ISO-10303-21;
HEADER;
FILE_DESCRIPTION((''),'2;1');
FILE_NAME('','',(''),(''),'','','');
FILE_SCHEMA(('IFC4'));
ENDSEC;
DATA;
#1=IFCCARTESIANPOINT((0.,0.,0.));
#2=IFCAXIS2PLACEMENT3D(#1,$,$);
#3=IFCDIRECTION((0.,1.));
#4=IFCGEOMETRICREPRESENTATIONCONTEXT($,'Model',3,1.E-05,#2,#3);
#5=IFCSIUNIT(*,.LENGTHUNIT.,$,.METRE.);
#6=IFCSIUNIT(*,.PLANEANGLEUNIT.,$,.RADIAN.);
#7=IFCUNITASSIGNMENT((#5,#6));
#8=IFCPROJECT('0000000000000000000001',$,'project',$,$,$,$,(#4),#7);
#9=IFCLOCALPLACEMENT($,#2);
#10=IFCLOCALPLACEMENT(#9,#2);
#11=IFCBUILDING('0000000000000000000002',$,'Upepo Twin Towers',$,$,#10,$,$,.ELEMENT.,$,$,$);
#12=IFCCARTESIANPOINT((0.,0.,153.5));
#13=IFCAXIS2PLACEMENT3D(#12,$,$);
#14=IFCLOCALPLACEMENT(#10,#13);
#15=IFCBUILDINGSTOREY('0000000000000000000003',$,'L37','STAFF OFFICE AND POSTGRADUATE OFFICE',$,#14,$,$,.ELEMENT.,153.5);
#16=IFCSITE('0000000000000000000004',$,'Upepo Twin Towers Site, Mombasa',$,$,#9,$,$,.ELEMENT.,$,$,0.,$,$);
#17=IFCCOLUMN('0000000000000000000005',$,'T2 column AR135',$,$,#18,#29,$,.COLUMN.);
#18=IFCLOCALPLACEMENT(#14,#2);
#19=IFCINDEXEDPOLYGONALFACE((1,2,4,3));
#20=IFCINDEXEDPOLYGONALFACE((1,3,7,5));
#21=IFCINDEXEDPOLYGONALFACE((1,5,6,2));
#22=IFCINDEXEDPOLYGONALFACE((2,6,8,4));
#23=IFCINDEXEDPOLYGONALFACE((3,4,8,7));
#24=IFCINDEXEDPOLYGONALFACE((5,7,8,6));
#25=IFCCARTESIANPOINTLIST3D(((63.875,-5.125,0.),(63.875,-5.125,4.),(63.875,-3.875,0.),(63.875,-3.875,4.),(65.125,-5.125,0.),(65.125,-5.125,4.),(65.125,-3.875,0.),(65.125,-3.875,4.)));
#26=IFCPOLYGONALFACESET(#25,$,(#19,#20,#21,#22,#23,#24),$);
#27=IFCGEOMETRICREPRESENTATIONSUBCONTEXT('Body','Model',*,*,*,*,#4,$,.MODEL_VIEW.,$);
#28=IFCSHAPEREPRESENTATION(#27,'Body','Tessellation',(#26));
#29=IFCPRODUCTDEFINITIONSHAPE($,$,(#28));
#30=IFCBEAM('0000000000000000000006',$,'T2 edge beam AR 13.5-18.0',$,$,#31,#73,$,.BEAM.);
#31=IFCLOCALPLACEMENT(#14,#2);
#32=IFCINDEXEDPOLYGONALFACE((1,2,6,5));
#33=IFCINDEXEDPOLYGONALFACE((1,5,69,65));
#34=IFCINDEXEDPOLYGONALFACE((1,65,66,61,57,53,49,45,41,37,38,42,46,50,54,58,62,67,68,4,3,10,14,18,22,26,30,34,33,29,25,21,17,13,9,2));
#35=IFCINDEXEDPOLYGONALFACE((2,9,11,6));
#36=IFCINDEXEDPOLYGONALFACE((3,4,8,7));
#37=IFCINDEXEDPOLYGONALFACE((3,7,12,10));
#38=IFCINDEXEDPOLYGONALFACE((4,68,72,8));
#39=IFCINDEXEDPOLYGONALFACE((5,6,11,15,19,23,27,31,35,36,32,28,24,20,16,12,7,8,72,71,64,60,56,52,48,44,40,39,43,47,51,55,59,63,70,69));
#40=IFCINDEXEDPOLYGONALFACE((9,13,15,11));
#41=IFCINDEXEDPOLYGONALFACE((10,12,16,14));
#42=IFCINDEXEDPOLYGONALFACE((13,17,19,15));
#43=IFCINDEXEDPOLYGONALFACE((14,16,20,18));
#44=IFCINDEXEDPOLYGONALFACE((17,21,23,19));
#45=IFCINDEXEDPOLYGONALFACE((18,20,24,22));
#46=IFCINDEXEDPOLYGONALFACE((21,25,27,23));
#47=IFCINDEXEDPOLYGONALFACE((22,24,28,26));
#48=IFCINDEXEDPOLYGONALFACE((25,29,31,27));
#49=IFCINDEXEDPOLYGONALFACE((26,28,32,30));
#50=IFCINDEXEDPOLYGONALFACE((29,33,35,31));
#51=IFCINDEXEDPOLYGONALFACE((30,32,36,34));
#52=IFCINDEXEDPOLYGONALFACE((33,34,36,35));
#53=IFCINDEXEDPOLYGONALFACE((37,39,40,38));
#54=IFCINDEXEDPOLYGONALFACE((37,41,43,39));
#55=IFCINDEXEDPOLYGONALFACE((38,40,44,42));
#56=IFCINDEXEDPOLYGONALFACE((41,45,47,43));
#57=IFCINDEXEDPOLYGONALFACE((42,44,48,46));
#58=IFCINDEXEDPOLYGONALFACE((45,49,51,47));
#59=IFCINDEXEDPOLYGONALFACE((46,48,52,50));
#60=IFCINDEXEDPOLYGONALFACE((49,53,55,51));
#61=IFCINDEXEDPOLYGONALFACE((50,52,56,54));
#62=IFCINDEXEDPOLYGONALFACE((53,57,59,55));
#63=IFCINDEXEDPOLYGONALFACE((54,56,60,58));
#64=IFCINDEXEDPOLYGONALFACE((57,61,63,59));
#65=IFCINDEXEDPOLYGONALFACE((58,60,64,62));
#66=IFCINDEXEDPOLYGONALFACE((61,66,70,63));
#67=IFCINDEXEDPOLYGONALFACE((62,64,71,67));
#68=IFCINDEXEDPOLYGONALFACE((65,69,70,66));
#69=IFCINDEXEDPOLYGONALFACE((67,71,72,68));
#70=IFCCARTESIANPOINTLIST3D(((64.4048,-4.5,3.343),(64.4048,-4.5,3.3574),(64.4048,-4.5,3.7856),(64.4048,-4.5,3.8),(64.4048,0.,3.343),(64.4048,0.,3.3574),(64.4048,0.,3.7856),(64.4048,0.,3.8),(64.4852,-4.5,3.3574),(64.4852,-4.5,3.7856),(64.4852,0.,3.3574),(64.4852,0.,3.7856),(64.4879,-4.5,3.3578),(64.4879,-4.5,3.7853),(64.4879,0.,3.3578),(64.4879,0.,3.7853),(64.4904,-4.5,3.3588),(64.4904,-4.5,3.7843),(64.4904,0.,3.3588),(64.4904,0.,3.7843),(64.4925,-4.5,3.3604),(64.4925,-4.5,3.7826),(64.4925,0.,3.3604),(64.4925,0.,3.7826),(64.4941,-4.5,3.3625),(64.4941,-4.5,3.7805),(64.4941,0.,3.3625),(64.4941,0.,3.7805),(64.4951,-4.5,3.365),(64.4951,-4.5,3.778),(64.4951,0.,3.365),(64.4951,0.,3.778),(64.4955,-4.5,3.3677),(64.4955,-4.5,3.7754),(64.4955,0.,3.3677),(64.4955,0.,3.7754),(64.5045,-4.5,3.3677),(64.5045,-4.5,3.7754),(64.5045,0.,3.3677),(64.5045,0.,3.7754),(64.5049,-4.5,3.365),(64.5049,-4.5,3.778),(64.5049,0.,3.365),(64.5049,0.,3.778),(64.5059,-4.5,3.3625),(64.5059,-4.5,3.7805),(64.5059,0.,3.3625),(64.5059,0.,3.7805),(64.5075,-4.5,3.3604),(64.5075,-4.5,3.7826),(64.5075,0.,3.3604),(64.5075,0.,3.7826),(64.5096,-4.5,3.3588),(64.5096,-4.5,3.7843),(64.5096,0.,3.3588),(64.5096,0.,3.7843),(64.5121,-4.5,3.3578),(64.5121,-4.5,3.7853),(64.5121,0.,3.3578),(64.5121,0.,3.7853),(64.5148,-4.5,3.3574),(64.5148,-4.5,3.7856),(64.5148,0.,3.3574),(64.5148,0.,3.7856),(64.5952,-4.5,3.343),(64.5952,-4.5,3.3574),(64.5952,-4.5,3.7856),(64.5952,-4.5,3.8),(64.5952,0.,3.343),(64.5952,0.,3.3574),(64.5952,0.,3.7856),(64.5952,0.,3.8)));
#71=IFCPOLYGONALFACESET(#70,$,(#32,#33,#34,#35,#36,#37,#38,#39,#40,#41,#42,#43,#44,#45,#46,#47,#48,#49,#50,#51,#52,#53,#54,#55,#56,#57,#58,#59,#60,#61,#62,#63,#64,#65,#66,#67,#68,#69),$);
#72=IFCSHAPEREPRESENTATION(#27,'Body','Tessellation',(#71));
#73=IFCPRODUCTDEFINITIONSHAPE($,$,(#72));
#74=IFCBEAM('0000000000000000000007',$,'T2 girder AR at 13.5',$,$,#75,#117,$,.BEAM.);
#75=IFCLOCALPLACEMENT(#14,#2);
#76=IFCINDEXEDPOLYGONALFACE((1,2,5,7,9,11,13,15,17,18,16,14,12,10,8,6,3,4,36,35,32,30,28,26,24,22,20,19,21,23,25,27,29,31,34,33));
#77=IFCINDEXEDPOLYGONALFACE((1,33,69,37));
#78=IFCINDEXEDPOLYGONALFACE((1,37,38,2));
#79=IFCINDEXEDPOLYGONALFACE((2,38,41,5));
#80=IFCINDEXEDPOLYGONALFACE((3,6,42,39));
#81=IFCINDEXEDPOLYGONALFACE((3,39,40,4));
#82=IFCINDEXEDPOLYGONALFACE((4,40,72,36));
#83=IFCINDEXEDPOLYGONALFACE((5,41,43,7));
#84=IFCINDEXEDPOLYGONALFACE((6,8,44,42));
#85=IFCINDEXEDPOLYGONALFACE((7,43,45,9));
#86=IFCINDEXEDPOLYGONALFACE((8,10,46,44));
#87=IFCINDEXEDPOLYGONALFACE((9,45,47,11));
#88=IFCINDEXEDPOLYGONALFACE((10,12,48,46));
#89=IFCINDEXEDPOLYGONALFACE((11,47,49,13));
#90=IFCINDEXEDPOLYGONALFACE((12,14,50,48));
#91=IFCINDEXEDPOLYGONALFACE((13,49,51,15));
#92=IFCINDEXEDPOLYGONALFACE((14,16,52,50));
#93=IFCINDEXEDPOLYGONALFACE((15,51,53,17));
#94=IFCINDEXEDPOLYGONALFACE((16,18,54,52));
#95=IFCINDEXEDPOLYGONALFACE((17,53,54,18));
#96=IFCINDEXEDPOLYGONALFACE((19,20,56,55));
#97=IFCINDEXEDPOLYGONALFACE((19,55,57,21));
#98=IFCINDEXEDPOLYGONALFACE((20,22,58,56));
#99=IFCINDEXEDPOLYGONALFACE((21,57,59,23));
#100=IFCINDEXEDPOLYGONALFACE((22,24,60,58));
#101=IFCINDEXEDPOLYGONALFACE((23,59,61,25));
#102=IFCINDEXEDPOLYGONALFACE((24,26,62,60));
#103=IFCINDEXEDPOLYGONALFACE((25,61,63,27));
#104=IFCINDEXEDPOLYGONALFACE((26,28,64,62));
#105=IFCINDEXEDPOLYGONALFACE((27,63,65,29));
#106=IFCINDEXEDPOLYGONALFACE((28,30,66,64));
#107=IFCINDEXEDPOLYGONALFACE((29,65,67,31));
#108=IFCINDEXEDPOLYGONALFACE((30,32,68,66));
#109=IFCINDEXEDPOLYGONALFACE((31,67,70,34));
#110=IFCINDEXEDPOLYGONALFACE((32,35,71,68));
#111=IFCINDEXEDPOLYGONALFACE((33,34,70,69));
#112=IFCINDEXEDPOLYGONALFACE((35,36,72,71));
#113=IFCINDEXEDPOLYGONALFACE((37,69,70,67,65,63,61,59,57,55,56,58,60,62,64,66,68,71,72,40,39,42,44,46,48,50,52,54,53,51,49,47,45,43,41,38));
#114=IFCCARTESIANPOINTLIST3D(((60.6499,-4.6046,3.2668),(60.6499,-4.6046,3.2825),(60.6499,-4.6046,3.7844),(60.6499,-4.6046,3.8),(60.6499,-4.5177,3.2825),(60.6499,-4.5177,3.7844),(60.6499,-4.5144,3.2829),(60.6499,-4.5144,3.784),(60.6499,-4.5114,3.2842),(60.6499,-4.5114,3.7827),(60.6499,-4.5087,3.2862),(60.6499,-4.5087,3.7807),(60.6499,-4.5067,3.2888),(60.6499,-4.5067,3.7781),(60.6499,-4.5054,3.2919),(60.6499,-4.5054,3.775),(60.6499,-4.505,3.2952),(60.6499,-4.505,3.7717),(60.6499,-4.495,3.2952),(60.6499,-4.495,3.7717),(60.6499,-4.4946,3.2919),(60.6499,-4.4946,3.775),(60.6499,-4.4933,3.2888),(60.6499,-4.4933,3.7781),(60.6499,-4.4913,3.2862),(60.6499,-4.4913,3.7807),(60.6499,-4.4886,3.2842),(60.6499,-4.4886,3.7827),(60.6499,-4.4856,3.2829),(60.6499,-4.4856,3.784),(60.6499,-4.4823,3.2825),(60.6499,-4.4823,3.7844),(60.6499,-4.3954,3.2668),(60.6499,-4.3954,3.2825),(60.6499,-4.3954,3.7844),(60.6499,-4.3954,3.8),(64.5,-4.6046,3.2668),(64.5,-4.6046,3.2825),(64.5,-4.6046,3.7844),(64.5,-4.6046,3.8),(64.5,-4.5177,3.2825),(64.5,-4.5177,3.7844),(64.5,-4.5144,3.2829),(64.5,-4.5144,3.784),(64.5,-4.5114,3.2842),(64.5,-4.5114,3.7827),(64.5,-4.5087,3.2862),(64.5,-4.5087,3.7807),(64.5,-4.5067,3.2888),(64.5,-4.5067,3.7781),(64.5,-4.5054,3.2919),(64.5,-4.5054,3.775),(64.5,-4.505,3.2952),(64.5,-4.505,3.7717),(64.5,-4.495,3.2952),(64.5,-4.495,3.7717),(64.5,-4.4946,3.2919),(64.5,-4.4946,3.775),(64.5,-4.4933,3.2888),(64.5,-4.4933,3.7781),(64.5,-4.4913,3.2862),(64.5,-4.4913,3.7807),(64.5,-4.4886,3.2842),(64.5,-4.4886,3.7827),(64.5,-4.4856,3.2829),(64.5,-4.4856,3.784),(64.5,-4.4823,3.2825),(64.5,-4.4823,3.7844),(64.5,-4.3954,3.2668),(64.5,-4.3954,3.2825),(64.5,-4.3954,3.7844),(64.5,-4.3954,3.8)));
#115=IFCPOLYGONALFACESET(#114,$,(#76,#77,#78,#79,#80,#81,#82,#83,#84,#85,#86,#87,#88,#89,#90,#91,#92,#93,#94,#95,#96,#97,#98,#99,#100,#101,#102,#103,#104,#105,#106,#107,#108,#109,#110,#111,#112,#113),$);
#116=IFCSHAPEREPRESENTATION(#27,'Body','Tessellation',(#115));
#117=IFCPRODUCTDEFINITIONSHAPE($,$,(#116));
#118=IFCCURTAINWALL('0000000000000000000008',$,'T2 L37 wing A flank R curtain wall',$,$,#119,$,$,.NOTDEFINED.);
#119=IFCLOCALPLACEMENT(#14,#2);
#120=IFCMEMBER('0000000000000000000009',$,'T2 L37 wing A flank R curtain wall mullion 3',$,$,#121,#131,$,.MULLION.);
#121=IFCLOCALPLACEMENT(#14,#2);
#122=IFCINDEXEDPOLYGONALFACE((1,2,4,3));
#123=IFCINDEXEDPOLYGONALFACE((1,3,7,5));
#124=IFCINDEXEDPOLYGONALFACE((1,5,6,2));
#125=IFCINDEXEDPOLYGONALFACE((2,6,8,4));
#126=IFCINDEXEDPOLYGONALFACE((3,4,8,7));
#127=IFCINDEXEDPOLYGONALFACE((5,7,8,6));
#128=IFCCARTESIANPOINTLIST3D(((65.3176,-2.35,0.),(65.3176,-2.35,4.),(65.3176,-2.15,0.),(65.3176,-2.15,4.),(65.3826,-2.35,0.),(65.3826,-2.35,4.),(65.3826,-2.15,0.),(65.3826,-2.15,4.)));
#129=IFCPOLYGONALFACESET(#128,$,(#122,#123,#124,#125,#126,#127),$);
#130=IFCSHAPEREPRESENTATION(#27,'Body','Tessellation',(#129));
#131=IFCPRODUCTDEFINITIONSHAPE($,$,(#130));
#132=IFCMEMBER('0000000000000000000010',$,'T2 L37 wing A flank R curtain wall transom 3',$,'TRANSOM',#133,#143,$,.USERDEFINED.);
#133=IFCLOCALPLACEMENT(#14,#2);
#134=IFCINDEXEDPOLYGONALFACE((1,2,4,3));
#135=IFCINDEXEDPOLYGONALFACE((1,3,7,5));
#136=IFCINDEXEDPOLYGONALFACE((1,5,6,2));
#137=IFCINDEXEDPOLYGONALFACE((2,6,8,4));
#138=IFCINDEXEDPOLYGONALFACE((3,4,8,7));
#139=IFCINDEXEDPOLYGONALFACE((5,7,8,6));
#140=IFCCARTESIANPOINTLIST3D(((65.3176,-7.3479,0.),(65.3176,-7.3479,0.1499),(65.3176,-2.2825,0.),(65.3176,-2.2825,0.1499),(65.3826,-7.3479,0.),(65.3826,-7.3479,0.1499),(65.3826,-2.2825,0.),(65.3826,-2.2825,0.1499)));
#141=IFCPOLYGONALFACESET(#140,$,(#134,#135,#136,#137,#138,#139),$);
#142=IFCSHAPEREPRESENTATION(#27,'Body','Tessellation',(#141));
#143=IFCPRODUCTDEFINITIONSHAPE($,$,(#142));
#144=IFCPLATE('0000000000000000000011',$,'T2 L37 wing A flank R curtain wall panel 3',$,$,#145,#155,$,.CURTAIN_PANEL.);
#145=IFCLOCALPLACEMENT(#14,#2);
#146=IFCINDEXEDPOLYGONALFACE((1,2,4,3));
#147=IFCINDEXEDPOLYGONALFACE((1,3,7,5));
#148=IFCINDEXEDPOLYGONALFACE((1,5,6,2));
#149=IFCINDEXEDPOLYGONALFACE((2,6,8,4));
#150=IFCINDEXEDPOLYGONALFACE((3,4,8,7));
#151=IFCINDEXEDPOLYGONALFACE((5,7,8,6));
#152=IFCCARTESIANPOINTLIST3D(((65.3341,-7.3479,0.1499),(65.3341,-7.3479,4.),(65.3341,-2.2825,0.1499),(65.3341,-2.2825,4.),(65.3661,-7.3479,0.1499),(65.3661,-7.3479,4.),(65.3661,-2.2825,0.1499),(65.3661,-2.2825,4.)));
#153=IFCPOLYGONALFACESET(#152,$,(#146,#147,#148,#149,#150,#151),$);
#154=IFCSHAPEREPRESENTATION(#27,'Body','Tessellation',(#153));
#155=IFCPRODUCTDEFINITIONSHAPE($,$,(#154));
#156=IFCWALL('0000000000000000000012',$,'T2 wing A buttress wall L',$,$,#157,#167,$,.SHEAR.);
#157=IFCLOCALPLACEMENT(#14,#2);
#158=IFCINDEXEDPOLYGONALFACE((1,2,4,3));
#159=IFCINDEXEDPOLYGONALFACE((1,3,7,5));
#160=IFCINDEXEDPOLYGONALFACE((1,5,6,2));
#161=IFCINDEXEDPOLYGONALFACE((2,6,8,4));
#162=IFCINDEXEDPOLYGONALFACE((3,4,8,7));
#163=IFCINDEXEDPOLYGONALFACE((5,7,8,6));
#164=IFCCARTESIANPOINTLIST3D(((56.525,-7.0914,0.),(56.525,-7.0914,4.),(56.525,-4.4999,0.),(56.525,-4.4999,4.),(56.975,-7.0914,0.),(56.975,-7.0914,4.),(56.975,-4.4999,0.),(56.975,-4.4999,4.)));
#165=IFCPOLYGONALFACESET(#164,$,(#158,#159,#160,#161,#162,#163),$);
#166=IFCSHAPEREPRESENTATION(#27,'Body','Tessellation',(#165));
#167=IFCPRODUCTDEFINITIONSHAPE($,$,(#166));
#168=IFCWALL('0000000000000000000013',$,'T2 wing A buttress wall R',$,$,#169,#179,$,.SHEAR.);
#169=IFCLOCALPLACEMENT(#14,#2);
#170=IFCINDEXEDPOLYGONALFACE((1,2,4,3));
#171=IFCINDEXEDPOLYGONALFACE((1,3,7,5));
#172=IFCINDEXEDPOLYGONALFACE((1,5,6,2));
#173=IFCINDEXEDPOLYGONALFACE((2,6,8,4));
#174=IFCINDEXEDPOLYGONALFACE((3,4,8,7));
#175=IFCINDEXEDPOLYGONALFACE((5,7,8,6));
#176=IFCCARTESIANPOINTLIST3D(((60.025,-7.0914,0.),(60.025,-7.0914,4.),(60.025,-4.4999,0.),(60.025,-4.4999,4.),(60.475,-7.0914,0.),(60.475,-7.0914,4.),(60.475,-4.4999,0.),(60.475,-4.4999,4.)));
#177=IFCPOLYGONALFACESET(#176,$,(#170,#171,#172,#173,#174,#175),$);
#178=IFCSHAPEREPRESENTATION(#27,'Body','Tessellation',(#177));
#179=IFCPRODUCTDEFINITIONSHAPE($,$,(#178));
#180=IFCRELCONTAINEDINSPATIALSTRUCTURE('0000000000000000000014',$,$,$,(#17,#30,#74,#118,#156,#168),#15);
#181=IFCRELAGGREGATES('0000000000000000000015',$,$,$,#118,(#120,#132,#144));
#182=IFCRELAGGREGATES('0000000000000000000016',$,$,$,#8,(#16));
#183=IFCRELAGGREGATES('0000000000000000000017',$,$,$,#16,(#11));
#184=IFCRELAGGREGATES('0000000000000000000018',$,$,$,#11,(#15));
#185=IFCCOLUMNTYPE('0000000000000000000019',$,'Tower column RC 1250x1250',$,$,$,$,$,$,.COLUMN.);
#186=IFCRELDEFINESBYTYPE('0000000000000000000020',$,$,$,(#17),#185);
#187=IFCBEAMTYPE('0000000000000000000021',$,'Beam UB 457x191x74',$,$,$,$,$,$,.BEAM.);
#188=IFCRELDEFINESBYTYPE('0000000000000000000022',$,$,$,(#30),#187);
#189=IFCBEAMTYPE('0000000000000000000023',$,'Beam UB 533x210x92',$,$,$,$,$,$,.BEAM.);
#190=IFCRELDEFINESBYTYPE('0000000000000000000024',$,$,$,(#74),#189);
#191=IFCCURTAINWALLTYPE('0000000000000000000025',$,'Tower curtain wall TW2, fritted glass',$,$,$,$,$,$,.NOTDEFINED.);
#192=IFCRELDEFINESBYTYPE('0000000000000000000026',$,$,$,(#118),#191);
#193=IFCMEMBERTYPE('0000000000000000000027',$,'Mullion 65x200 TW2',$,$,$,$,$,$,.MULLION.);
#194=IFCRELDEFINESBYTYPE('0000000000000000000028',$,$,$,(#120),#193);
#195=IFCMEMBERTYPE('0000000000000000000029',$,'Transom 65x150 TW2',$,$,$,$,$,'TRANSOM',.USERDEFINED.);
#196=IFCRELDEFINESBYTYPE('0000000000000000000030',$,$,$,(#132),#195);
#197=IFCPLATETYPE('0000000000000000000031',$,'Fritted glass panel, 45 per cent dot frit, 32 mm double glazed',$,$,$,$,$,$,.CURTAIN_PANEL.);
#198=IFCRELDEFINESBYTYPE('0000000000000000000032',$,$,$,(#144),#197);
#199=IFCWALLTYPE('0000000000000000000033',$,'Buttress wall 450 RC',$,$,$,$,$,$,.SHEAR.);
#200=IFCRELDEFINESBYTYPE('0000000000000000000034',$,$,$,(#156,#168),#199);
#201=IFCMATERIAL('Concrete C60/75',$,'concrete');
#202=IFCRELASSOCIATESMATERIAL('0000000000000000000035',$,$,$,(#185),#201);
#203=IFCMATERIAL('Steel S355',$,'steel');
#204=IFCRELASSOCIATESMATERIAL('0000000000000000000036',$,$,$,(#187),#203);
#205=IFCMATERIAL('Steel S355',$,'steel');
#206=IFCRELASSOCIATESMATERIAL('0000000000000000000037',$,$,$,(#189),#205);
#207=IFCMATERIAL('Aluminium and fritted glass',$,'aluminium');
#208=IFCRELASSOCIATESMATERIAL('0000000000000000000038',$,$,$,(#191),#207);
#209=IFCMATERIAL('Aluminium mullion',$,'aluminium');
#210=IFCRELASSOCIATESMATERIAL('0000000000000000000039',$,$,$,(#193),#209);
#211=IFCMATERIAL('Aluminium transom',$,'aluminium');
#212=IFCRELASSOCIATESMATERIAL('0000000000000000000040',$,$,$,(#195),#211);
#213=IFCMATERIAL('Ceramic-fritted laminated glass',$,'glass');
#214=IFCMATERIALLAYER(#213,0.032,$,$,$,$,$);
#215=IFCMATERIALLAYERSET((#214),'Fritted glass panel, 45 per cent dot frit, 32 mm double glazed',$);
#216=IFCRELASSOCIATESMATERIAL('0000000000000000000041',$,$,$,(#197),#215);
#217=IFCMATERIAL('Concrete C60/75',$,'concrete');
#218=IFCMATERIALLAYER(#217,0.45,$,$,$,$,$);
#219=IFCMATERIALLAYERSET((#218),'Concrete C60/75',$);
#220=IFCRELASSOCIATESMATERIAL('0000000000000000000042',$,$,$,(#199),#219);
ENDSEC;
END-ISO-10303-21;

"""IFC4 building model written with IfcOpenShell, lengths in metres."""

from ifc_helpers import new_model, si_unit, direction, frame, frame_2d, origin, origin_2d, place, context, subcontext, project, spatial, rectangle, i_section, extrude, material, layer, layer_set, material_profile, profile_set, type_object, element, aggregate, save


model = new_model("IFC4")

# Units and contexts
model_context = context("Model", 3, precision=1e-05, world=origin(), true_north=direction((0.0, 1.0)))
body_context = subcontext(model_context, "Body", "Model", "MODEL_VIEW")
ifc_project = project(units=[si_unit("LENGTHUNIT", "METRE"), si_unit("PLANEANGLEUNIT", "RADIAN")], contexts=[model_context])

# Site, building, storey
site_placement = place(None, origin())
site = spatial("IfcSite", under=ifc_project, at=site_placement, Name="Upepo Twin Towers Site, Mombasa", CompositionType="ELEMENT", RefElevation=0.0)
building_placement = place(site_placement, origin())
building = spatial("IfcBuilding", under=site, at=building_placement, Name="Upepo Twin Towers", CompositionType="ELEMENT")
storey_placement = place(building_placement, frame((0.0, 0.0, 153.5)))
storey = spatial("IfcBuildingStorey", under=building, at=storey_placement, Name="L37", Description="STAFF OFFICE AND POSTGRADUATE OFFICE", CompositionType="ELEMENT", Elevation=153.5)

# Column
ifc_material_1 = material(Name="Concrete C60/75", Category="concrete")
ifc_material_profile_1 = material_profile(ifc_material_1, rectangle(XDim=1.25, YDim=1.25, at=origin_2d()), Name="RC 1250x1250")
ifc_profile_set_1 = profile_set([ifc_material_profile_1], Name="Concrete C60/75")
column_type = type_object("IfcColumnType", Name="Tower column RC 1250x1250", PredefinedType="COLUMN", material=ifc_profile_set_1)
column_placement = place(storey_placement, frame((64.5, -4.5, 0.0), z_axis=(0.0, 0.0, 1.0), x_axis=(1.0, 0.0, 0.0)))
element("IfcColumn", 1, at=column_placement, inside=storey, type_object=column_type, Name="T2 column AR135", PredefinedType="COLUMN", context=body_context, shape_type="SweptSolid", body=[
    extrude(rectangle(XDim=1.25, YDim=1.25, at=origin_2d()), origin(), (0.0, 0.0, 1.0), 4.0),
])

# Beams
ifc_material_2 = material(Name="Steel S355", Category="steel")
ifc_material_profile_2 = material_profile(ifc_material_2, i_section(OverallWidth=0.1904, OverallDepth=0.457, WebThickness=0.009, FlangeThickness=0.0144, FilletRadius=0.0103, at=origin_2d()), Name="UB 457x191x74")
ifc_profile_set_2 = profile_set([ifc_material_profile_2], Name="Steel S355")
beam_type_1 = type_object("IfcBeamType", Name="Beam UB 457x191x74", PredefinedType="BEAM", material=ifc_profile_set_2)
beam_1_placement = place(storey_placement, frame((64.5, -4.5, 3.5715), z_axis=(0.0, 1.0, 0.0), x_axis=(-1.0, 0.0, 0.0)))
element("IfcBeam", 2, at=beam_1_placement, inside=storey, type_object=beam_type_1, Name="T2 edge beam AR 13.5-18.0", PredefinedType="BEAM", context=body_context, shape_type="SweptSolid", body=[
    extrude(i_section(OverallWidth=0.1904, OverallDepth=0.457, WebThickness=0.009, FlangeThickness=0.0144, FilletRadius=0.0103, at=origin_2d()), origin(), (0.0, 0.0, 1.0), 4.5),
])
ifc_material_3 = material(Name="Steel S355", Category="steel")
ifc_material_profile_3 = material_profile(ifc_material_3, i_section(OverallWidth=0.2092, OverallDepth=0.5332, WebThickness=0.01, FlangeThickness=0.0156, FilletRadius=0.0127, at=origin_2d()), Name="UB 533x210x92")
ifc_profile_set_3 = profile_set([ifc_material_profile_3], Name="Steel S355")
beam_type_2 = type_object("IfcBeamType", Name="Beam UB 533x210x92", PredefinedType="BEAM", material=ifc_profile_set_3)
beam_2_placement = place(storey_placement, frame((64.5, -4.5, 3.5334), z_axis=(-1.0, 0.0, 0.0), x_axis=(0.0, -1.0, 0.0)))
element("IfcBeam", 3, at=beam_2_placement, inside=storey, type_object=beam_type_2, Name="T2 girder AR at 13.5", PredefinedType="BEAM", context=body_context, shape_type="SweptSolid", body=[
    extrude(i_section(OverallWidth=0.2092, OverallDepth=0.5332, WebThickness=0.01, FlangeThickness=0.0156, FilletRadius=0.0127, at=origin_2d()), origin(), (0.0, 0.0, 1.0), 3.8501),
])

# Curtain wall, members, plate
ifc_material_4 = material(Name="Aluminium and fritted glass", Category="aluminium")
curtain_wall_type = type_object("IfcCurtainWallType", Name="Tower curtain wall TW2, fritted glass", PredefinedType="NOTDEFINED", material=ifc_material_4)
curtain_wall_placement = place(storey_placement, origin())
curtain_wall = element("IfcCurtainWall", 4, at=curtain_wall_placement, inside=storey, type_object=curtain_wall_type, Name="T2 L37 wing A flank R curtain wall", PredefinedType="NOTDEFINED")
ifc_material_5 = material(Name="Aluminium mullion", Category="aluminium")
ifc_material_profile_4 = material_profile(ifc_material_5, rectangle(XDim=0.0649, YDim=0.2, at=origin_2d()), Name="MULLION 65x200")
ifc_profile_set_4 = profile_set([ifc_material_profile_4], Name="Aluminium mullion")
member_type_1 = type_object("IfcMemberType", Name="Mullion 65x200 TW2", PredefinedType="MULLION", material=ifc_profile_set_4)
member_1_placement = place(storey_placement, frame((65.3501, -2.25, 0.0), z_axis=(0.0, 0.0, 1.0), x_axis=(1.0, 0.0, 0.0)))
member_1 = element("IfcMember", 5, at=member_1_placement, type_object=member_type_1, Name="T2 L37 wing A flank R curtain wall mullion 3", PredefinedType="MULLION", context=body_context, shape_type="SweptSolid", body=[
    extrude(rectangle(XDim=0.0649, YDim=0.2, at=origin_2d()), origin(), (0.0, 0.0, 1.0), 4.0),
])
ifc_material_6 = material(Name="Aluminium transom", Category="aluminium")
ifc_material_profile_5 = material_profile(ifc_material_6, rectangle(XDim=0.0649, YDim=0.1499, at=origin_2d()), Name="TRANSOM 65x150")
ifc_profile_set_5 = profile_set([ifc_material_profile_5], Name="Aluminium transom")
member_type_2 = type_object("IfcMemberType", Name="Transom 65x150 TW2", ElementType="TRANSOM", PredefinedType="USERDEFINED", material=ifc_profile_set_5)
member_2_placement = place(storey_placement, frame((65.3501, -2.2825, 0.075), z_axis=(0.0, -1.0, 0.0), x_axis=(1.0, 0.0, 0.0)))
member_2 = element("IfcMember", 6, at=member_2_placement, type_object=member_type_2, Name="T2 L37 wing A flank R curtain wall transom 3", ObjectType="TRANSOM", PredefinedType="USERDEFINED", context=body_context, shape_type="SweptSolid", body=[
    extrude(rectangle(XDim=0.0649, YDim=0.1499, at=origin_2d()), origin(), (0.0, 0.0, 1.0), 5.0654),
])
ifc_material_7 = material(Name="Ceramic-fritted laminated glass", Category="glass")
ifc_layer_1 = layer(ifc_material_7, 0.032)
ifc_layer_set_1 = layer_set([ifc_layer_1], Name="Fritted glass panel, 45 per cent dot frit, 32 mm double glazed")
plate_type = type_object("IfcPlateType", Name="Fritted glass panel, 45 per cent dot frit, 32 mm double glazed", PredefinedType="CURTAIN_PANEL", material=ifc_layer_set_1)
plate_placement = place(storey_placement, frame((65.3501, -4.8152, 0.1499), z_axis=(0.0, 0.0, 1.0), x_axis=(0.0, -1.0, 0.0)))
plate = element("IfcPlate", 7, at=plate_placement, type_object=plate_type, Name="T2 L37 wing A flank R curtain wall panel 3", PredefinedType="CURTAIN_PANEL", context=body_context, shape_type="SweptSolid", body=[
    extrude(rectangle(XDim=5.0654, YDim=0.032, at=origin_2d()), origin(), (0.0, 0.0, 1.0), 3.8501),
])
aggregate(curtain_wall, [member_1, member_2, plate])

# Walls
ifc_material_8 = material(Name="Concrete C60/75", Category="concrete")
ifc_layer_2 = layer(ifc_material_8, 0.45)
ifc_layer_set_2 = layer_set([ifc_layer_2], Name="Concrete C60/75")
wall_type_1 = type_object("IfcWallType", Name="Buttress wall 450 RC", PredefinedType="SHEAR", material=ifc_layer_set_2)
for number, where, z_axis, x_axis, name in (
    (8, (56.75, -7.0916, 0.0), (0.0, 0.0, 1.0), (0.0, 1.0, 0.0), "T2 wing A buttress wall L"),
    (9, (60.25, -7.0916, 0.0), (0.0, 0.0, 1.0), (0.0, 1.0, 0.0), "T2 wing A buttress wall R"),
):
    element("IfcWall", number, at=place(storey_placement, frame(where, z_axis=z_axis, x_axis=x_axis)), inside=storey, type_object=wall_type_1, Name=name, PredefinedType="SHEAR", context=body_context, shape_type="SweptSolid", body=[
        extrude(rectangle(XDim=2.5916, YDim=0.45, at=frame_2d((1.2959, 0.0))), origin(), (0.0, 0.0, 1.0), 4.0),
    ])

save(model, "model.ifc")
